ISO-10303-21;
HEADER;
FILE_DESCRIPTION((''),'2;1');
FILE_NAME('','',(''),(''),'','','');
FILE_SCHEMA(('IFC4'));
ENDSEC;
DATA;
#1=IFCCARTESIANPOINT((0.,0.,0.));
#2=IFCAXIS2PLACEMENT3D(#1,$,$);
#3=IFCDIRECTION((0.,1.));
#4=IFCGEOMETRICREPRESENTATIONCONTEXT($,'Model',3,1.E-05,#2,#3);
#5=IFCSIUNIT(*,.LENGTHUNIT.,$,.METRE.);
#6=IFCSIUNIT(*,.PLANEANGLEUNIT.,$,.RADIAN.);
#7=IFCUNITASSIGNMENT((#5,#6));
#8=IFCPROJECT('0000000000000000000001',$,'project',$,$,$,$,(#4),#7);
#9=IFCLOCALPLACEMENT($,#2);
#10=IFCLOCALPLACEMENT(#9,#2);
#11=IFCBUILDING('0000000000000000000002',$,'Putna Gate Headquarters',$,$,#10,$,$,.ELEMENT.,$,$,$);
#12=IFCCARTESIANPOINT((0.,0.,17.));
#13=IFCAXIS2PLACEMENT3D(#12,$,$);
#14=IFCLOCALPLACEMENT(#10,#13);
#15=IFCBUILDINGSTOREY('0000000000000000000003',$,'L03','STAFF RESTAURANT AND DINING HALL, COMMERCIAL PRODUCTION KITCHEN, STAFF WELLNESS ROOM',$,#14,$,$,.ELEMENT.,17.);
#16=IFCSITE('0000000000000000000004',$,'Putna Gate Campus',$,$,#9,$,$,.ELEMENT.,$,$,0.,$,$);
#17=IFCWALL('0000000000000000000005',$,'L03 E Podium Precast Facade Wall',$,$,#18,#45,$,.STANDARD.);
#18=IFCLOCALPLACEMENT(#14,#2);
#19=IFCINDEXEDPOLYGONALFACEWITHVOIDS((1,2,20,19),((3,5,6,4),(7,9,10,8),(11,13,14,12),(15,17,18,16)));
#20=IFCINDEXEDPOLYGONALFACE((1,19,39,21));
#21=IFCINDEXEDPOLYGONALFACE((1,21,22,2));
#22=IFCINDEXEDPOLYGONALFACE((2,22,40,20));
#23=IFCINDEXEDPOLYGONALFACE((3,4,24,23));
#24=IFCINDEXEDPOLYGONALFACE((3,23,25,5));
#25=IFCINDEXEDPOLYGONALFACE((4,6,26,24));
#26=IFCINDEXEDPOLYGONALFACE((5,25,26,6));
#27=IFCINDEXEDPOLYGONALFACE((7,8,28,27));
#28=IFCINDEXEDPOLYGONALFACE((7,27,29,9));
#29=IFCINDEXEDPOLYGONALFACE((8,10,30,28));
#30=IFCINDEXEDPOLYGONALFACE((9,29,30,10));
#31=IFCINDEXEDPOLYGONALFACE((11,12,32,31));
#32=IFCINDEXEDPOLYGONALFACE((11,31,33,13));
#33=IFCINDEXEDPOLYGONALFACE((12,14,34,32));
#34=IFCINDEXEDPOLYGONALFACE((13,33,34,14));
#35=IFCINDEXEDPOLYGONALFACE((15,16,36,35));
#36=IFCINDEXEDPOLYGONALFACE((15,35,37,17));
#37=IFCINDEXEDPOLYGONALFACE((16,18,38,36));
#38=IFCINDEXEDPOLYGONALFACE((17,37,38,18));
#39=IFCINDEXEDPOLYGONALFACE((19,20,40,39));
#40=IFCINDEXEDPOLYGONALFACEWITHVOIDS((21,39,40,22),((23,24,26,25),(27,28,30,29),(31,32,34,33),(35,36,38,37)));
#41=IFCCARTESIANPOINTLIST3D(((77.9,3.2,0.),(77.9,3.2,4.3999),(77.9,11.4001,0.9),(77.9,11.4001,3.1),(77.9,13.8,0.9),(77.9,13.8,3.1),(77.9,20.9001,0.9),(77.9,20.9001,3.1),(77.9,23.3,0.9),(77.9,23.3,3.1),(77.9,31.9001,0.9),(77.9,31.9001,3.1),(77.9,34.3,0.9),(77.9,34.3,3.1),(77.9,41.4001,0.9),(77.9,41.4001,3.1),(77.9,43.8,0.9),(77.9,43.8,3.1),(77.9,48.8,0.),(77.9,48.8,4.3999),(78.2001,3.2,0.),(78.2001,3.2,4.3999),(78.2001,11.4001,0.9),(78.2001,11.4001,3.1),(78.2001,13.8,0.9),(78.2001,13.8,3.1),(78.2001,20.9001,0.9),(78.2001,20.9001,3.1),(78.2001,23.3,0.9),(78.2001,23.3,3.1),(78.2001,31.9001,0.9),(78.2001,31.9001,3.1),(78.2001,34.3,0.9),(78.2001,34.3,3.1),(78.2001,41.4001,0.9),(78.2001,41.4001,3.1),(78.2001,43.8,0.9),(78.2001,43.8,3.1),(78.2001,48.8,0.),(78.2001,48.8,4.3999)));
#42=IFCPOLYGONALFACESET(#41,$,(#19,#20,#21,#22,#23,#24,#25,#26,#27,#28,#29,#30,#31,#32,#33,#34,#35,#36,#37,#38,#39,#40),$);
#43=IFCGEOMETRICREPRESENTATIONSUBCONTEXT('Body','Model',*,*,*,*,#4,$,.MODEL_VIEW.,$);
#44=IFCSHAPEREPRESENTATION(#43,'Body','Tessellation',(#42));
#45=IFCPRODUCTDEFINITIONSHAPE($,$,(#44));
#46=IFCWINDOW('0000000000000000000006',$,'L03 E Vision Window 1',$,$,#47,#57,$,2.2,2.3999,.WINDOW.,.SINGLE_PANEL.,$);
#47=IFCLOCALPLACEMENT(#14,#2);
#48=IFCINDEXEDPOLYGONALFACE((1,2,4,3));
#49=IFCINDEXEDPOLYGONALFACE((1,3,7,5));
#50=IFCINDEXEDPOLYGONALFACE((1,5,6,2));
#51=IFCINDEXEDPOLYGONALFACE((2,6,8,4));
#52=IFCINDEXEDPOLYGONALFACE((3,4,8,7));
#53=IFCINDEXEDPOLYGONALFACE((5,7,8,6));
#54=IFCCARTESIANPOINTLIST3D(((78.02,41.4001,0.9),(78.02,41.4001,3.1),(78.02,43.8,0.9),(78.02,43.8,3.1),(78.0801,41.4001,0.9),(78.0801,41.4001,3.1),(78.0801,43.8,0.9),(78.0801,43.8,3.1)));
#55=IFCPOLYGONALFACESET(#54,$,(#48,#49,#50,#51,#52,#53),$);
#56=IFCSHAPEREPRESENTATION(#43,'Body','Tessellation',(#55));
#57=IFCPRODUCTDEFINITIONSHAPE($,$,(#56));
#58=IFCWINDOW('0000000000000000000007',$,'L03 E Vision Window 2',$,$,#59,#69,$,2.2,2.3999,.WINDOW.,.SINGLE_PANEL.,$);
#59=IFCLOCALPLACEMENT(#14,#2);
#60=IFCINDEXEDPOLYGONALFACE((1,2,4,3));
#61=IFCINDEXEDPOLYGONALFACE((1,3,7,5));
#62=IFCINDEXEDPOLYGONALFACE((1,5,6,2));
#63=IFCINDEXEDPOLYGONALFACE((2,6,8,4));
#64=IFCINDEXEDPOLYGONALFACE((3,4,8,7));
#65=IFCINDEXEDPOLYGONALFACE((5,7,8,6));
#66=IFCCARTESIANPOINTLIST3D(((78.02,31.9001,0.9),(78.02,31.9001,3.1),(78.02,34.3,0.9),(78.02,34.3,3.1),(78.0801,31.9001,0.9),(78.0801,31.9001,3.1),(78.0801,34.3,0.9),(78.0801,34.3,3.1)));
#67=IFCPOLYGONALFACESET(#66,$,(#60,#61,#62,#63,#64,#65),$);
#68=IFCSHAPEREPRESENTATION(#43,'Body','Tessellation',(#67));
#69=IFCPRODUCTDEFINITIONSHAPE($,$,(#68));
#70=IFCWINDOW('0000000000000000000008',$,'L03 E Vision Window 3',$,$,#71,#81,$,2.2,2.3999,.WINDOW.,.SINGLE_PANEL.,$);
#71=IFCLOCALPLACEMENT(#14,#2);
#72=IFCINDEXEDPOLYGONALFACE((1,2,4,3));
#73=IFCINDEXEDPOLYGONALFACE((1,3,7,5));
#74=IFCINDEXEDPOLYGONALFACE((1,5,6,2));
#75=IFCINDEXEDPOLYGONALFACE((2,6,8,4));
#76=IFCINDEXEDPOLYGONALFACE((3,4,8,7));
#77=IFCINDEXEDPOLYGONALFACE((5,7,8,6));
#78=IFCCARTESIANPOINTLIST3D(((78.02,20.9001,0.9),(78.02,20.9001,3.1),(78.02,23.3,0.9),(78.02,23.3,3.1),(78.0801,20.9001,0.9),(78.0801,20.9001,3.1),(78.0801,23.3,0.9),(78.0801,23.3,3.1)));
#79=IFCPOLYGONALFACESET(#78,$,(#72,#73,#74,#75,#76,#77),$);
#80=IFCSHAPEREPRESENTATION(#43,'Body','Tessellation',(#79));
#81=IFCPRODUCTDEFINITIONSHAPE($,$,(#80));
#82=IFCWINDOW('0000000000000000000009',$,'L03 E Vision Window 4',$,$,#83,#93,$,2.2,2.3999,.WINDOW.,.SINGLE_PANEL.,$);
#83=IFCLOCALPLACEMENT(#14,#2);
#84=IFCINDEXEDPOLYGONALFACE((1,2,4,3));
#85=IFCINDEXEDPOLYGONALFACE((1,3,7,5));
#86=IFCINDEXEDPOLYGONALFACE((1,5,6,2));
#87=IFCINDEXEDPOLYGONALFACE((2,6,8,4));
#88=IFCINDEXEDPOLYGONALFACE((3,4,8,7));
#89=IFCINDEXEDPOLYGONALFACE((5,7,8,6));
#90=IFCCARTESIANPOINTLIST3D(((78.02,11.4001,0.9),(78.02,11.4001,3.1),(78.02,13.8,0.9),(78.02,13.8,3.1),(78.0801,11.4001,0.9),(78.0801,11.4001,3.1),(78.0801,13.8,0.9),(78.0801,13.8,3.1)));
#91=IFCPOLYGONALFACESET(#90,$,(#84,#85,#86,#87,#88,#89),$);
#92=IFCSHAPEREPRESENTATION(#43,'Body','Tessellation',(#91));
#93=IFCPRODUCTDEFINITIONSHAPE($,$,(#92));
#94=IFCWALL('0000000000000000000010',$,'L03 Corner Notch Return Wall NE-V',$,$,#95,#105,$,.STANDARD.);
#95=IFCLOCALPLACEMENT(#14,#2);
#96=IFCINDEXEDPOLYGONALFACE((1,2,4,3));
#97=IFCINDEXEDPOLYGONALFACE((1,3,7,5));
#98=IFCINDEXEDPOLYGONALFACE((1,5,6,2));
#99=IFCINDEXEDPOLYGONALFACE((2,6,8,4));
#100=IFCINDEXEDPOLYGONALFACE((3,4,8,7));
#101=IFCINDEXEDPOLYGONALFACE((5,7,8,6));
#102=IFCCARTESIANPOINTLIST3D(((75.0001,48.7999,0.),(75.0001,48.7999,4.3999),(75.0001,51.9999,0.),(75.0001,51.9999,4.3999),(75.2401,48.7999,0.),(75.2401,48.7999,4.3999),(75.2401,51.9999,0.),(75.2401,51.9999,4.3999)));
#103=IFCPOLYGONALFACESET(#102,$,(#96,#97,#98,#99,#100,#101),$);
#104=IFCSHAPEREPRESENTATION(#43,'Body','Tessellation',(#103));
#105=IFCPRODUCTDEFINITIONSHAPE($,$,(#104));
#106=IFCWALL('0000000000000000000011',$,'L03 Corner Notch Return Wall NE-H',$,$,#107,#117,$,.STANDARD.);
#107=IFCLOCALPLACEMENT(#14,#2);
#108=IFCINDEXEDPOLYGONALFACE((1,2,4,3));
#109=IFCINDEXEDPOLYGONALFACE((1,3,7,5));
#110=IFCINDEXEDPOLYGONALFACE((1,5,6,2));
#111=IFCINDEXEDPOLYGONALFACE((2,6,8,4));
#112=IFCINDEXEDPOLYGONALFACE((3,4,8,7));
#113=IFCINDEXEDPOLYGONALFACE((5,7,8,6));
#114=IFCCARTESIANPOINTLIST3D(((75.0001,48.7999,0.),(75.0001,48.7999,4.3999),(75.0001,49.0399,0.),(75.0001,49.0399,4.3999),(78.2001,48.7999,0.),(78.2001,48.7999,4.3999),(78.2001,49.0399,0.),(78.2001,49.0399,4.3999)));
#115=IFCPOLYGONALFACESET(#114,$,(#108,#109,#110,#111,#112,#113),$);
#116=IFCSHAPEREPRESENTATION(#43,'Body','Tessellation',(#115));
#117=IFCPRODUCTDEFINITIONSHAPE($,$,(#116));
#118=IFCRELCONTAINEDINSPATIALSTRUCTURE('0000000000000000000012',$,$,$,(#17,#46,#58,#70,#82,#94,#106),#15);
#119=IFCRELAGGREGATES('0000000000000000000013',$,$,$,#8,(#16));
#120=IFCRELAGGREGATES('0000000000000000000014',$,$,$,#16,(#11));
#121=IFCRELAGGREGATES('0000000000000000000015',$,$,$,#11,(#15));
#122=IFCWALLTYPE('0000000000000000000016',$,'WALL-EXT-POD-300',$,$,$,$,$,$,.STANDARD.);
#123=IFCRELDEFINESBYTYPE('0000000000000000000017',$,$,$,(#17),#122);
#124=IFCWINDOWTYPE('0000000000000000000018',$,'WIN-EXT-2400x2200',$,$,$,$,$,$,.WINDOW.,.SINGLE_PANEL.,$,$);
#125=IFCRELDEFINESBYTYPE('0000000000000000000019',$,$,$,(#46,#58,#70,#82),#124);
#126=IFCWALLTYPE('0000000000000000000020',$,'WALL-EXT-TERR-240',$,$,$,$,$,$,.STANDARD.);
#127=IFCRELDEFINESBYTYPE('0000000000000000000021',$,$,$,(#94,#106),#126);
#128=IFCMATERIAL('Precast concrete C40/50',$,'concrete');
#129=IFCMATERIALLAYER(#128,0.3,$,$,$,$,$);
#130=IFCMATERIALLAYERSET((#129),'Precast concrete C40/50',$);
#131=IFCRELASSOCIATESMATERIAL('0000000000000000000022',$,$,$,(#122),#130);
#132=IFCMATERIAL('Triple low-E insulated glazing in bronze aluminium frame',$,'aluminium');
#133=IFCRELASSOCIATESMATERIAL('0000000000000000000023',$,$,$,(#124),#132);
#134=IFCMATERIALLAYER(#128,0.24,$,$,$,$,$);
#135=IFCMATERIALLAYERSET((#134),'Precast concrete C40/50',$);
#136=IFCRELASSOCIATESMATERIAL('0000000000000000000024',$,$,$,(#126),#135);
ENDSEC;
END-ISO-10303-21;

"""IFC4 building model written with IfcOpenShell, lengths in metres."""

from ifc_helpers import new_model, si_unit, direction, frame, frame_2d, origin, place, context, subcontext, project, spatial, rectangle, extrude, material, layer, layer_set, type_object, element, fill, save


model = new_model("IFC4")

# Units and contexts
model_context = context("Model", 3, precision=1e-05, world=origin(), true_north=direction((0.0, 1.0)))
body_context = subcontext(model_context, "Body", "Model", "MODEL_VIEW")
ifc_project = project(units=[si_unit("LENGTHUNIT", "METRE"), si_unit("PLANEANGLEUNIT", "RADIAN")], contexts=[model_context])

# Site, building, storey
site_placement = place(None, origin())
site = spatial("IfcSite", under=ifc_project, at=site_placement, Name="Putna Gate Campus", CompositionType="ELEMENT", RefElevation=0.0)
building_placement = place(site_placement, origin())
building = spatial("IfcBuilding", under=site, at=building_placement, Name="Putna Gate Headquarters", CompositionType="ELEMENT")
storey_placement = place(building_placement, frame((0.0, 0.0, 17.0)))
storey = spatial("IfcBuildingStorey", under=building, at=storey_placement, Name="L03", Description="STAFF RESTAURANT AND DINING HALL, COMMERCIAL PRODUCTION KITCHEN, STAFF WELLNESS ROOM", CompositionType="ELEMENT", Elevation=17.0)

# Wall, openings, windows
ifc_material_1 = material(Name="Precast concrete C40/50", Category="concrete")
ifc_layer_1 = layer(ifc_material_1, 0.3)
ifc_layer_set_1 = layer_set([ifc_layer_1], Name="Precast concrete C40/50")
wall_type_1 = type_object("IfcWallType", Name="WALL-EXT-POD-300", PredefinedType="STANDARD", material=ifc_layer_set_1)
wall_placement = place(storey_placement, frame((78.05, 48.8, 0.0), z_axis=(0.0, 0.0, 1.0), x_axis=(0.0, -1.0, 0.0)))
wall = element("IfcWall", 1, at=wall_placement, inside=storey, type_object=wall_type_1, Name="L03 E Podium Precast Facade Wall", PredefinedType="STANDARD", context=body_context, shape_type="SweptSolid", body=[
    extrude(rectangle(XDim=45.6001, YDim=0.3, at=frame_2d((22.8, 0.0))), origin(), (0.0, 0.0, 1.0), 4.3999),
])
opening_1_placement = place(wall_placement, frame((5.0, 0.0, 0.8999)))
opening_1 = element("IfcOpeningElement", 2, at=opening_1_placement, cuts=wall, PredefinedType="OPENING", context=body_context, shape_type="SweptSolid", body=[
    extrude(rectangle(XDim=2.3999, YDim=2.2, at=frame_2d((1.2, 1.1001))), frame((0.0, 0.1599, 0.0), z_axis=(0.0, -1.0, 0.0), x_axis=(1.0, 0.0, 0.0)), (0.0, 0.0, 1.0), 0.3201),
])
opening_2_placement = place(wall_placement, frame((14.5, 0.0, 0.8999)))
opening_2 = element("IfcOpeningElement", 3, at=opening_2_placement, cuts=wall, PredefinedType="OPENING", context=body_context, shape_type="SweptSolid", body=[
    extrude(rectangle(XDim=2.3999, YDim=2.2, at=frame_2d((1.2, 1.1001))), frame((0.0, 0.1599, 0.0), z_axis=(0.0, -1.0, 0.0), x_axis=(1.0, 0.0, 0.0)), (0.0, 0.0, 1.0), 0.3201),
])
opening_3_placement = place(wall_placement, frame((25.5, 0.0, 0.8999)))
opening_3 = element("IfcOpeningElement", 4, at=opening_3_placement, cuts=wall, PredefinedType="OPENING", context=body_context, shape_type="SweptSolid", body=[
    extrude(rectangle(XDim=2.3999, YDim=2.2, at=frame_2d((1.2, 1.1001))), frame((0.0, 0.1599, 0.0), z_axis=(0.0, -1.0, 0.0), x_axis=(1.0, 0.0, 0.0)), (0.0, 0.0, 1.0), 0.3201),
])
opening_4_placement = place(wall_placement, frame((35.0, 0.0, 0.8999)))
opening_4 = element("IfcOpeningElement", 5, at=opening_4_placement, cuts=wall, PredefinedType="OPENING", context=body_context, shape_type="SweptSolid", body=[
    extrude(rectangle(XDim=2.3999, YDim=2.2, at=frame_2d((1.2, 1.1001))), frame((0.0, 0.1599, 0.0), z_axis=(0.0, -1.0, 0.0), x_axis=(1.0, 0.0, 0.0)), (0.0, 0.0, 1.0), 0.3201),
])
ifc_material_2 = material(Name="Triple low-E insulated glazing in bronze aluminium frame", Category="aluminium")
window_type = type_object("IfcWindowType", Name="WIN-EXT-2400x2200", PartitioningType="SINGLE_PANEL", PredefinedType="WINDOW", material=ifc_material_2)
window_1_placement = place(opening_1_placement, origin())
window_1 = element("IfcWindow", 6, at=window_1_placement, inside=storey, type_object=window_type, Name="L03 E Vision Window 1", OverallHeight=2.2, OverallWidth=2.3999, PartitioningType="SINGLE_PANEL", PredefinedType="WINDOW", context=body_context, shape_type="SweptSolid", body=[
    extrude(rectangle(XDim=2.3999, YDim=2.2, at=frame_2d((1.2, 1.1001))), frame((0.0, 0.03, 0.0), z_axis=(0.0, -1.0, 0.0), x_axis=(1.0, 0.0, 0.0)), (0.0, 0.0, 1.0), 0.0601),
])
fill(opening_1, window_1)
window_2_placement = place(opening_2_placement, origin())
window_2 = element("IfcWindow", 7, at=window_2_placement, inside=storey, type_object=window_type, Name="L03 E Vision Window 2", OverallHeight=2.2, OverallWidth=2.3999, PartitioningType="SINGLE_PANEL", PredefinedType="WINDOW", context=body_context, shape_type="SweptSolid", body=[
    extrude(rectangle(XDim=2.3999, YDim=2.2, at=frame_2d((1.2, 1.1001))), frame((0.0, 0.03, 0.0), z_axis=(0.0, -1.0, 0.0), x_axis=(1.0, 0.0, 0.0)), (0.0, 0.0, 1.0), 0.0601),
])
fill(opening_2, window_2)
window_3_placement = place(opening_3_placement, origin())
window_3 = element("IfcWindow", 8, at=window_3_placement, inside=storey, type_object=window_type, Name="L03 E Vision Window 3", OverallHeight=2.2, OverallWidth=2.3999, PartitioningType="SINGLE_PANEL", PredefinedType="WINDOW", context=body_context, shape_type="SweptSolid", body=[
    extrude(rectangle(XDim=2.3999, YDim=2.2, at=frame_2d((1.2, 1.1001))), frame((0.0, 0.03, 0.0), z_axis=(0.0, -1.0, 0.0), x_axis=(1.0, 0.0, 0.0)), (0.0, 0.0, 1.0), 0.0601),
])
fill(opening_3, window_3)
window_4_placement = place(opening_4_placement, origin())
window_4 = element("IfcWindow", 9, at=window_4_placement, inside=storey, type_object=window_type, Name="L03 E Vision Window 4", OverallHeight=2.2, OverallWidth=2.3999, PartitioningType="SINGLE_PANEL", PredefinedType="WINDOW", context=body_context, shape_type="SweptSolid", body=[
    extrude(rectangle(XDim=2.3999, YDim=2.2, at=frame_2d((1.2, 1.1001))), frame((0.0, 0.03, 0.0), z_axis=(0.0, -1.0, 0.0), x_axis=(1.0, 0.0, 0.0)), (0.0, 0.0, 1.0), 0.0601),
])
fill(opening_4, window_4)

# Walls
ifc_layer_2 = layer(ifc_material_1, 0.24)
ifc_layer_set_2 = layer_set([ifc_layer_2], Name="Precast concrete C40/50")
wall_type_2 = type_object("IfcWallType", Name="WALL-EXT-TERR-240", PredefinedType="STANDARD", material=ifc_layer_set_2)
for number, where, z_axis, x_axis, name in (
    (10, (75.1201, 52.0, 0.0), (0.0, 0.0, 1.0), (0.0, -1.0, 0.0), "L03 Corner Notch Return Wall NE-V"),
    (11, (75.0, 48.9199, 0.0), (0.0, 0.0, 1.0), (1.0, 0.0, 0.0), "L03 Corner Notch Return Wall NE-H"),
):
    element("IfcWall", number, at=place(storey_placement, frame(where, z_axis=z_axis, x_axis=x_axis)), inside=storey, type_object=wall_type_2, Name=name, PredefinedType="STANDARD", context=body_context, shape_type="SweptSolid", body=[
        extrude(rectangle(XDim=3.2, YDim=0.24, at=frame_2d((1.6001, 0.0))), origin(), (0.0, 0.0, 1.0), 4.3999),
    ])

save(model, "model.ifc")
